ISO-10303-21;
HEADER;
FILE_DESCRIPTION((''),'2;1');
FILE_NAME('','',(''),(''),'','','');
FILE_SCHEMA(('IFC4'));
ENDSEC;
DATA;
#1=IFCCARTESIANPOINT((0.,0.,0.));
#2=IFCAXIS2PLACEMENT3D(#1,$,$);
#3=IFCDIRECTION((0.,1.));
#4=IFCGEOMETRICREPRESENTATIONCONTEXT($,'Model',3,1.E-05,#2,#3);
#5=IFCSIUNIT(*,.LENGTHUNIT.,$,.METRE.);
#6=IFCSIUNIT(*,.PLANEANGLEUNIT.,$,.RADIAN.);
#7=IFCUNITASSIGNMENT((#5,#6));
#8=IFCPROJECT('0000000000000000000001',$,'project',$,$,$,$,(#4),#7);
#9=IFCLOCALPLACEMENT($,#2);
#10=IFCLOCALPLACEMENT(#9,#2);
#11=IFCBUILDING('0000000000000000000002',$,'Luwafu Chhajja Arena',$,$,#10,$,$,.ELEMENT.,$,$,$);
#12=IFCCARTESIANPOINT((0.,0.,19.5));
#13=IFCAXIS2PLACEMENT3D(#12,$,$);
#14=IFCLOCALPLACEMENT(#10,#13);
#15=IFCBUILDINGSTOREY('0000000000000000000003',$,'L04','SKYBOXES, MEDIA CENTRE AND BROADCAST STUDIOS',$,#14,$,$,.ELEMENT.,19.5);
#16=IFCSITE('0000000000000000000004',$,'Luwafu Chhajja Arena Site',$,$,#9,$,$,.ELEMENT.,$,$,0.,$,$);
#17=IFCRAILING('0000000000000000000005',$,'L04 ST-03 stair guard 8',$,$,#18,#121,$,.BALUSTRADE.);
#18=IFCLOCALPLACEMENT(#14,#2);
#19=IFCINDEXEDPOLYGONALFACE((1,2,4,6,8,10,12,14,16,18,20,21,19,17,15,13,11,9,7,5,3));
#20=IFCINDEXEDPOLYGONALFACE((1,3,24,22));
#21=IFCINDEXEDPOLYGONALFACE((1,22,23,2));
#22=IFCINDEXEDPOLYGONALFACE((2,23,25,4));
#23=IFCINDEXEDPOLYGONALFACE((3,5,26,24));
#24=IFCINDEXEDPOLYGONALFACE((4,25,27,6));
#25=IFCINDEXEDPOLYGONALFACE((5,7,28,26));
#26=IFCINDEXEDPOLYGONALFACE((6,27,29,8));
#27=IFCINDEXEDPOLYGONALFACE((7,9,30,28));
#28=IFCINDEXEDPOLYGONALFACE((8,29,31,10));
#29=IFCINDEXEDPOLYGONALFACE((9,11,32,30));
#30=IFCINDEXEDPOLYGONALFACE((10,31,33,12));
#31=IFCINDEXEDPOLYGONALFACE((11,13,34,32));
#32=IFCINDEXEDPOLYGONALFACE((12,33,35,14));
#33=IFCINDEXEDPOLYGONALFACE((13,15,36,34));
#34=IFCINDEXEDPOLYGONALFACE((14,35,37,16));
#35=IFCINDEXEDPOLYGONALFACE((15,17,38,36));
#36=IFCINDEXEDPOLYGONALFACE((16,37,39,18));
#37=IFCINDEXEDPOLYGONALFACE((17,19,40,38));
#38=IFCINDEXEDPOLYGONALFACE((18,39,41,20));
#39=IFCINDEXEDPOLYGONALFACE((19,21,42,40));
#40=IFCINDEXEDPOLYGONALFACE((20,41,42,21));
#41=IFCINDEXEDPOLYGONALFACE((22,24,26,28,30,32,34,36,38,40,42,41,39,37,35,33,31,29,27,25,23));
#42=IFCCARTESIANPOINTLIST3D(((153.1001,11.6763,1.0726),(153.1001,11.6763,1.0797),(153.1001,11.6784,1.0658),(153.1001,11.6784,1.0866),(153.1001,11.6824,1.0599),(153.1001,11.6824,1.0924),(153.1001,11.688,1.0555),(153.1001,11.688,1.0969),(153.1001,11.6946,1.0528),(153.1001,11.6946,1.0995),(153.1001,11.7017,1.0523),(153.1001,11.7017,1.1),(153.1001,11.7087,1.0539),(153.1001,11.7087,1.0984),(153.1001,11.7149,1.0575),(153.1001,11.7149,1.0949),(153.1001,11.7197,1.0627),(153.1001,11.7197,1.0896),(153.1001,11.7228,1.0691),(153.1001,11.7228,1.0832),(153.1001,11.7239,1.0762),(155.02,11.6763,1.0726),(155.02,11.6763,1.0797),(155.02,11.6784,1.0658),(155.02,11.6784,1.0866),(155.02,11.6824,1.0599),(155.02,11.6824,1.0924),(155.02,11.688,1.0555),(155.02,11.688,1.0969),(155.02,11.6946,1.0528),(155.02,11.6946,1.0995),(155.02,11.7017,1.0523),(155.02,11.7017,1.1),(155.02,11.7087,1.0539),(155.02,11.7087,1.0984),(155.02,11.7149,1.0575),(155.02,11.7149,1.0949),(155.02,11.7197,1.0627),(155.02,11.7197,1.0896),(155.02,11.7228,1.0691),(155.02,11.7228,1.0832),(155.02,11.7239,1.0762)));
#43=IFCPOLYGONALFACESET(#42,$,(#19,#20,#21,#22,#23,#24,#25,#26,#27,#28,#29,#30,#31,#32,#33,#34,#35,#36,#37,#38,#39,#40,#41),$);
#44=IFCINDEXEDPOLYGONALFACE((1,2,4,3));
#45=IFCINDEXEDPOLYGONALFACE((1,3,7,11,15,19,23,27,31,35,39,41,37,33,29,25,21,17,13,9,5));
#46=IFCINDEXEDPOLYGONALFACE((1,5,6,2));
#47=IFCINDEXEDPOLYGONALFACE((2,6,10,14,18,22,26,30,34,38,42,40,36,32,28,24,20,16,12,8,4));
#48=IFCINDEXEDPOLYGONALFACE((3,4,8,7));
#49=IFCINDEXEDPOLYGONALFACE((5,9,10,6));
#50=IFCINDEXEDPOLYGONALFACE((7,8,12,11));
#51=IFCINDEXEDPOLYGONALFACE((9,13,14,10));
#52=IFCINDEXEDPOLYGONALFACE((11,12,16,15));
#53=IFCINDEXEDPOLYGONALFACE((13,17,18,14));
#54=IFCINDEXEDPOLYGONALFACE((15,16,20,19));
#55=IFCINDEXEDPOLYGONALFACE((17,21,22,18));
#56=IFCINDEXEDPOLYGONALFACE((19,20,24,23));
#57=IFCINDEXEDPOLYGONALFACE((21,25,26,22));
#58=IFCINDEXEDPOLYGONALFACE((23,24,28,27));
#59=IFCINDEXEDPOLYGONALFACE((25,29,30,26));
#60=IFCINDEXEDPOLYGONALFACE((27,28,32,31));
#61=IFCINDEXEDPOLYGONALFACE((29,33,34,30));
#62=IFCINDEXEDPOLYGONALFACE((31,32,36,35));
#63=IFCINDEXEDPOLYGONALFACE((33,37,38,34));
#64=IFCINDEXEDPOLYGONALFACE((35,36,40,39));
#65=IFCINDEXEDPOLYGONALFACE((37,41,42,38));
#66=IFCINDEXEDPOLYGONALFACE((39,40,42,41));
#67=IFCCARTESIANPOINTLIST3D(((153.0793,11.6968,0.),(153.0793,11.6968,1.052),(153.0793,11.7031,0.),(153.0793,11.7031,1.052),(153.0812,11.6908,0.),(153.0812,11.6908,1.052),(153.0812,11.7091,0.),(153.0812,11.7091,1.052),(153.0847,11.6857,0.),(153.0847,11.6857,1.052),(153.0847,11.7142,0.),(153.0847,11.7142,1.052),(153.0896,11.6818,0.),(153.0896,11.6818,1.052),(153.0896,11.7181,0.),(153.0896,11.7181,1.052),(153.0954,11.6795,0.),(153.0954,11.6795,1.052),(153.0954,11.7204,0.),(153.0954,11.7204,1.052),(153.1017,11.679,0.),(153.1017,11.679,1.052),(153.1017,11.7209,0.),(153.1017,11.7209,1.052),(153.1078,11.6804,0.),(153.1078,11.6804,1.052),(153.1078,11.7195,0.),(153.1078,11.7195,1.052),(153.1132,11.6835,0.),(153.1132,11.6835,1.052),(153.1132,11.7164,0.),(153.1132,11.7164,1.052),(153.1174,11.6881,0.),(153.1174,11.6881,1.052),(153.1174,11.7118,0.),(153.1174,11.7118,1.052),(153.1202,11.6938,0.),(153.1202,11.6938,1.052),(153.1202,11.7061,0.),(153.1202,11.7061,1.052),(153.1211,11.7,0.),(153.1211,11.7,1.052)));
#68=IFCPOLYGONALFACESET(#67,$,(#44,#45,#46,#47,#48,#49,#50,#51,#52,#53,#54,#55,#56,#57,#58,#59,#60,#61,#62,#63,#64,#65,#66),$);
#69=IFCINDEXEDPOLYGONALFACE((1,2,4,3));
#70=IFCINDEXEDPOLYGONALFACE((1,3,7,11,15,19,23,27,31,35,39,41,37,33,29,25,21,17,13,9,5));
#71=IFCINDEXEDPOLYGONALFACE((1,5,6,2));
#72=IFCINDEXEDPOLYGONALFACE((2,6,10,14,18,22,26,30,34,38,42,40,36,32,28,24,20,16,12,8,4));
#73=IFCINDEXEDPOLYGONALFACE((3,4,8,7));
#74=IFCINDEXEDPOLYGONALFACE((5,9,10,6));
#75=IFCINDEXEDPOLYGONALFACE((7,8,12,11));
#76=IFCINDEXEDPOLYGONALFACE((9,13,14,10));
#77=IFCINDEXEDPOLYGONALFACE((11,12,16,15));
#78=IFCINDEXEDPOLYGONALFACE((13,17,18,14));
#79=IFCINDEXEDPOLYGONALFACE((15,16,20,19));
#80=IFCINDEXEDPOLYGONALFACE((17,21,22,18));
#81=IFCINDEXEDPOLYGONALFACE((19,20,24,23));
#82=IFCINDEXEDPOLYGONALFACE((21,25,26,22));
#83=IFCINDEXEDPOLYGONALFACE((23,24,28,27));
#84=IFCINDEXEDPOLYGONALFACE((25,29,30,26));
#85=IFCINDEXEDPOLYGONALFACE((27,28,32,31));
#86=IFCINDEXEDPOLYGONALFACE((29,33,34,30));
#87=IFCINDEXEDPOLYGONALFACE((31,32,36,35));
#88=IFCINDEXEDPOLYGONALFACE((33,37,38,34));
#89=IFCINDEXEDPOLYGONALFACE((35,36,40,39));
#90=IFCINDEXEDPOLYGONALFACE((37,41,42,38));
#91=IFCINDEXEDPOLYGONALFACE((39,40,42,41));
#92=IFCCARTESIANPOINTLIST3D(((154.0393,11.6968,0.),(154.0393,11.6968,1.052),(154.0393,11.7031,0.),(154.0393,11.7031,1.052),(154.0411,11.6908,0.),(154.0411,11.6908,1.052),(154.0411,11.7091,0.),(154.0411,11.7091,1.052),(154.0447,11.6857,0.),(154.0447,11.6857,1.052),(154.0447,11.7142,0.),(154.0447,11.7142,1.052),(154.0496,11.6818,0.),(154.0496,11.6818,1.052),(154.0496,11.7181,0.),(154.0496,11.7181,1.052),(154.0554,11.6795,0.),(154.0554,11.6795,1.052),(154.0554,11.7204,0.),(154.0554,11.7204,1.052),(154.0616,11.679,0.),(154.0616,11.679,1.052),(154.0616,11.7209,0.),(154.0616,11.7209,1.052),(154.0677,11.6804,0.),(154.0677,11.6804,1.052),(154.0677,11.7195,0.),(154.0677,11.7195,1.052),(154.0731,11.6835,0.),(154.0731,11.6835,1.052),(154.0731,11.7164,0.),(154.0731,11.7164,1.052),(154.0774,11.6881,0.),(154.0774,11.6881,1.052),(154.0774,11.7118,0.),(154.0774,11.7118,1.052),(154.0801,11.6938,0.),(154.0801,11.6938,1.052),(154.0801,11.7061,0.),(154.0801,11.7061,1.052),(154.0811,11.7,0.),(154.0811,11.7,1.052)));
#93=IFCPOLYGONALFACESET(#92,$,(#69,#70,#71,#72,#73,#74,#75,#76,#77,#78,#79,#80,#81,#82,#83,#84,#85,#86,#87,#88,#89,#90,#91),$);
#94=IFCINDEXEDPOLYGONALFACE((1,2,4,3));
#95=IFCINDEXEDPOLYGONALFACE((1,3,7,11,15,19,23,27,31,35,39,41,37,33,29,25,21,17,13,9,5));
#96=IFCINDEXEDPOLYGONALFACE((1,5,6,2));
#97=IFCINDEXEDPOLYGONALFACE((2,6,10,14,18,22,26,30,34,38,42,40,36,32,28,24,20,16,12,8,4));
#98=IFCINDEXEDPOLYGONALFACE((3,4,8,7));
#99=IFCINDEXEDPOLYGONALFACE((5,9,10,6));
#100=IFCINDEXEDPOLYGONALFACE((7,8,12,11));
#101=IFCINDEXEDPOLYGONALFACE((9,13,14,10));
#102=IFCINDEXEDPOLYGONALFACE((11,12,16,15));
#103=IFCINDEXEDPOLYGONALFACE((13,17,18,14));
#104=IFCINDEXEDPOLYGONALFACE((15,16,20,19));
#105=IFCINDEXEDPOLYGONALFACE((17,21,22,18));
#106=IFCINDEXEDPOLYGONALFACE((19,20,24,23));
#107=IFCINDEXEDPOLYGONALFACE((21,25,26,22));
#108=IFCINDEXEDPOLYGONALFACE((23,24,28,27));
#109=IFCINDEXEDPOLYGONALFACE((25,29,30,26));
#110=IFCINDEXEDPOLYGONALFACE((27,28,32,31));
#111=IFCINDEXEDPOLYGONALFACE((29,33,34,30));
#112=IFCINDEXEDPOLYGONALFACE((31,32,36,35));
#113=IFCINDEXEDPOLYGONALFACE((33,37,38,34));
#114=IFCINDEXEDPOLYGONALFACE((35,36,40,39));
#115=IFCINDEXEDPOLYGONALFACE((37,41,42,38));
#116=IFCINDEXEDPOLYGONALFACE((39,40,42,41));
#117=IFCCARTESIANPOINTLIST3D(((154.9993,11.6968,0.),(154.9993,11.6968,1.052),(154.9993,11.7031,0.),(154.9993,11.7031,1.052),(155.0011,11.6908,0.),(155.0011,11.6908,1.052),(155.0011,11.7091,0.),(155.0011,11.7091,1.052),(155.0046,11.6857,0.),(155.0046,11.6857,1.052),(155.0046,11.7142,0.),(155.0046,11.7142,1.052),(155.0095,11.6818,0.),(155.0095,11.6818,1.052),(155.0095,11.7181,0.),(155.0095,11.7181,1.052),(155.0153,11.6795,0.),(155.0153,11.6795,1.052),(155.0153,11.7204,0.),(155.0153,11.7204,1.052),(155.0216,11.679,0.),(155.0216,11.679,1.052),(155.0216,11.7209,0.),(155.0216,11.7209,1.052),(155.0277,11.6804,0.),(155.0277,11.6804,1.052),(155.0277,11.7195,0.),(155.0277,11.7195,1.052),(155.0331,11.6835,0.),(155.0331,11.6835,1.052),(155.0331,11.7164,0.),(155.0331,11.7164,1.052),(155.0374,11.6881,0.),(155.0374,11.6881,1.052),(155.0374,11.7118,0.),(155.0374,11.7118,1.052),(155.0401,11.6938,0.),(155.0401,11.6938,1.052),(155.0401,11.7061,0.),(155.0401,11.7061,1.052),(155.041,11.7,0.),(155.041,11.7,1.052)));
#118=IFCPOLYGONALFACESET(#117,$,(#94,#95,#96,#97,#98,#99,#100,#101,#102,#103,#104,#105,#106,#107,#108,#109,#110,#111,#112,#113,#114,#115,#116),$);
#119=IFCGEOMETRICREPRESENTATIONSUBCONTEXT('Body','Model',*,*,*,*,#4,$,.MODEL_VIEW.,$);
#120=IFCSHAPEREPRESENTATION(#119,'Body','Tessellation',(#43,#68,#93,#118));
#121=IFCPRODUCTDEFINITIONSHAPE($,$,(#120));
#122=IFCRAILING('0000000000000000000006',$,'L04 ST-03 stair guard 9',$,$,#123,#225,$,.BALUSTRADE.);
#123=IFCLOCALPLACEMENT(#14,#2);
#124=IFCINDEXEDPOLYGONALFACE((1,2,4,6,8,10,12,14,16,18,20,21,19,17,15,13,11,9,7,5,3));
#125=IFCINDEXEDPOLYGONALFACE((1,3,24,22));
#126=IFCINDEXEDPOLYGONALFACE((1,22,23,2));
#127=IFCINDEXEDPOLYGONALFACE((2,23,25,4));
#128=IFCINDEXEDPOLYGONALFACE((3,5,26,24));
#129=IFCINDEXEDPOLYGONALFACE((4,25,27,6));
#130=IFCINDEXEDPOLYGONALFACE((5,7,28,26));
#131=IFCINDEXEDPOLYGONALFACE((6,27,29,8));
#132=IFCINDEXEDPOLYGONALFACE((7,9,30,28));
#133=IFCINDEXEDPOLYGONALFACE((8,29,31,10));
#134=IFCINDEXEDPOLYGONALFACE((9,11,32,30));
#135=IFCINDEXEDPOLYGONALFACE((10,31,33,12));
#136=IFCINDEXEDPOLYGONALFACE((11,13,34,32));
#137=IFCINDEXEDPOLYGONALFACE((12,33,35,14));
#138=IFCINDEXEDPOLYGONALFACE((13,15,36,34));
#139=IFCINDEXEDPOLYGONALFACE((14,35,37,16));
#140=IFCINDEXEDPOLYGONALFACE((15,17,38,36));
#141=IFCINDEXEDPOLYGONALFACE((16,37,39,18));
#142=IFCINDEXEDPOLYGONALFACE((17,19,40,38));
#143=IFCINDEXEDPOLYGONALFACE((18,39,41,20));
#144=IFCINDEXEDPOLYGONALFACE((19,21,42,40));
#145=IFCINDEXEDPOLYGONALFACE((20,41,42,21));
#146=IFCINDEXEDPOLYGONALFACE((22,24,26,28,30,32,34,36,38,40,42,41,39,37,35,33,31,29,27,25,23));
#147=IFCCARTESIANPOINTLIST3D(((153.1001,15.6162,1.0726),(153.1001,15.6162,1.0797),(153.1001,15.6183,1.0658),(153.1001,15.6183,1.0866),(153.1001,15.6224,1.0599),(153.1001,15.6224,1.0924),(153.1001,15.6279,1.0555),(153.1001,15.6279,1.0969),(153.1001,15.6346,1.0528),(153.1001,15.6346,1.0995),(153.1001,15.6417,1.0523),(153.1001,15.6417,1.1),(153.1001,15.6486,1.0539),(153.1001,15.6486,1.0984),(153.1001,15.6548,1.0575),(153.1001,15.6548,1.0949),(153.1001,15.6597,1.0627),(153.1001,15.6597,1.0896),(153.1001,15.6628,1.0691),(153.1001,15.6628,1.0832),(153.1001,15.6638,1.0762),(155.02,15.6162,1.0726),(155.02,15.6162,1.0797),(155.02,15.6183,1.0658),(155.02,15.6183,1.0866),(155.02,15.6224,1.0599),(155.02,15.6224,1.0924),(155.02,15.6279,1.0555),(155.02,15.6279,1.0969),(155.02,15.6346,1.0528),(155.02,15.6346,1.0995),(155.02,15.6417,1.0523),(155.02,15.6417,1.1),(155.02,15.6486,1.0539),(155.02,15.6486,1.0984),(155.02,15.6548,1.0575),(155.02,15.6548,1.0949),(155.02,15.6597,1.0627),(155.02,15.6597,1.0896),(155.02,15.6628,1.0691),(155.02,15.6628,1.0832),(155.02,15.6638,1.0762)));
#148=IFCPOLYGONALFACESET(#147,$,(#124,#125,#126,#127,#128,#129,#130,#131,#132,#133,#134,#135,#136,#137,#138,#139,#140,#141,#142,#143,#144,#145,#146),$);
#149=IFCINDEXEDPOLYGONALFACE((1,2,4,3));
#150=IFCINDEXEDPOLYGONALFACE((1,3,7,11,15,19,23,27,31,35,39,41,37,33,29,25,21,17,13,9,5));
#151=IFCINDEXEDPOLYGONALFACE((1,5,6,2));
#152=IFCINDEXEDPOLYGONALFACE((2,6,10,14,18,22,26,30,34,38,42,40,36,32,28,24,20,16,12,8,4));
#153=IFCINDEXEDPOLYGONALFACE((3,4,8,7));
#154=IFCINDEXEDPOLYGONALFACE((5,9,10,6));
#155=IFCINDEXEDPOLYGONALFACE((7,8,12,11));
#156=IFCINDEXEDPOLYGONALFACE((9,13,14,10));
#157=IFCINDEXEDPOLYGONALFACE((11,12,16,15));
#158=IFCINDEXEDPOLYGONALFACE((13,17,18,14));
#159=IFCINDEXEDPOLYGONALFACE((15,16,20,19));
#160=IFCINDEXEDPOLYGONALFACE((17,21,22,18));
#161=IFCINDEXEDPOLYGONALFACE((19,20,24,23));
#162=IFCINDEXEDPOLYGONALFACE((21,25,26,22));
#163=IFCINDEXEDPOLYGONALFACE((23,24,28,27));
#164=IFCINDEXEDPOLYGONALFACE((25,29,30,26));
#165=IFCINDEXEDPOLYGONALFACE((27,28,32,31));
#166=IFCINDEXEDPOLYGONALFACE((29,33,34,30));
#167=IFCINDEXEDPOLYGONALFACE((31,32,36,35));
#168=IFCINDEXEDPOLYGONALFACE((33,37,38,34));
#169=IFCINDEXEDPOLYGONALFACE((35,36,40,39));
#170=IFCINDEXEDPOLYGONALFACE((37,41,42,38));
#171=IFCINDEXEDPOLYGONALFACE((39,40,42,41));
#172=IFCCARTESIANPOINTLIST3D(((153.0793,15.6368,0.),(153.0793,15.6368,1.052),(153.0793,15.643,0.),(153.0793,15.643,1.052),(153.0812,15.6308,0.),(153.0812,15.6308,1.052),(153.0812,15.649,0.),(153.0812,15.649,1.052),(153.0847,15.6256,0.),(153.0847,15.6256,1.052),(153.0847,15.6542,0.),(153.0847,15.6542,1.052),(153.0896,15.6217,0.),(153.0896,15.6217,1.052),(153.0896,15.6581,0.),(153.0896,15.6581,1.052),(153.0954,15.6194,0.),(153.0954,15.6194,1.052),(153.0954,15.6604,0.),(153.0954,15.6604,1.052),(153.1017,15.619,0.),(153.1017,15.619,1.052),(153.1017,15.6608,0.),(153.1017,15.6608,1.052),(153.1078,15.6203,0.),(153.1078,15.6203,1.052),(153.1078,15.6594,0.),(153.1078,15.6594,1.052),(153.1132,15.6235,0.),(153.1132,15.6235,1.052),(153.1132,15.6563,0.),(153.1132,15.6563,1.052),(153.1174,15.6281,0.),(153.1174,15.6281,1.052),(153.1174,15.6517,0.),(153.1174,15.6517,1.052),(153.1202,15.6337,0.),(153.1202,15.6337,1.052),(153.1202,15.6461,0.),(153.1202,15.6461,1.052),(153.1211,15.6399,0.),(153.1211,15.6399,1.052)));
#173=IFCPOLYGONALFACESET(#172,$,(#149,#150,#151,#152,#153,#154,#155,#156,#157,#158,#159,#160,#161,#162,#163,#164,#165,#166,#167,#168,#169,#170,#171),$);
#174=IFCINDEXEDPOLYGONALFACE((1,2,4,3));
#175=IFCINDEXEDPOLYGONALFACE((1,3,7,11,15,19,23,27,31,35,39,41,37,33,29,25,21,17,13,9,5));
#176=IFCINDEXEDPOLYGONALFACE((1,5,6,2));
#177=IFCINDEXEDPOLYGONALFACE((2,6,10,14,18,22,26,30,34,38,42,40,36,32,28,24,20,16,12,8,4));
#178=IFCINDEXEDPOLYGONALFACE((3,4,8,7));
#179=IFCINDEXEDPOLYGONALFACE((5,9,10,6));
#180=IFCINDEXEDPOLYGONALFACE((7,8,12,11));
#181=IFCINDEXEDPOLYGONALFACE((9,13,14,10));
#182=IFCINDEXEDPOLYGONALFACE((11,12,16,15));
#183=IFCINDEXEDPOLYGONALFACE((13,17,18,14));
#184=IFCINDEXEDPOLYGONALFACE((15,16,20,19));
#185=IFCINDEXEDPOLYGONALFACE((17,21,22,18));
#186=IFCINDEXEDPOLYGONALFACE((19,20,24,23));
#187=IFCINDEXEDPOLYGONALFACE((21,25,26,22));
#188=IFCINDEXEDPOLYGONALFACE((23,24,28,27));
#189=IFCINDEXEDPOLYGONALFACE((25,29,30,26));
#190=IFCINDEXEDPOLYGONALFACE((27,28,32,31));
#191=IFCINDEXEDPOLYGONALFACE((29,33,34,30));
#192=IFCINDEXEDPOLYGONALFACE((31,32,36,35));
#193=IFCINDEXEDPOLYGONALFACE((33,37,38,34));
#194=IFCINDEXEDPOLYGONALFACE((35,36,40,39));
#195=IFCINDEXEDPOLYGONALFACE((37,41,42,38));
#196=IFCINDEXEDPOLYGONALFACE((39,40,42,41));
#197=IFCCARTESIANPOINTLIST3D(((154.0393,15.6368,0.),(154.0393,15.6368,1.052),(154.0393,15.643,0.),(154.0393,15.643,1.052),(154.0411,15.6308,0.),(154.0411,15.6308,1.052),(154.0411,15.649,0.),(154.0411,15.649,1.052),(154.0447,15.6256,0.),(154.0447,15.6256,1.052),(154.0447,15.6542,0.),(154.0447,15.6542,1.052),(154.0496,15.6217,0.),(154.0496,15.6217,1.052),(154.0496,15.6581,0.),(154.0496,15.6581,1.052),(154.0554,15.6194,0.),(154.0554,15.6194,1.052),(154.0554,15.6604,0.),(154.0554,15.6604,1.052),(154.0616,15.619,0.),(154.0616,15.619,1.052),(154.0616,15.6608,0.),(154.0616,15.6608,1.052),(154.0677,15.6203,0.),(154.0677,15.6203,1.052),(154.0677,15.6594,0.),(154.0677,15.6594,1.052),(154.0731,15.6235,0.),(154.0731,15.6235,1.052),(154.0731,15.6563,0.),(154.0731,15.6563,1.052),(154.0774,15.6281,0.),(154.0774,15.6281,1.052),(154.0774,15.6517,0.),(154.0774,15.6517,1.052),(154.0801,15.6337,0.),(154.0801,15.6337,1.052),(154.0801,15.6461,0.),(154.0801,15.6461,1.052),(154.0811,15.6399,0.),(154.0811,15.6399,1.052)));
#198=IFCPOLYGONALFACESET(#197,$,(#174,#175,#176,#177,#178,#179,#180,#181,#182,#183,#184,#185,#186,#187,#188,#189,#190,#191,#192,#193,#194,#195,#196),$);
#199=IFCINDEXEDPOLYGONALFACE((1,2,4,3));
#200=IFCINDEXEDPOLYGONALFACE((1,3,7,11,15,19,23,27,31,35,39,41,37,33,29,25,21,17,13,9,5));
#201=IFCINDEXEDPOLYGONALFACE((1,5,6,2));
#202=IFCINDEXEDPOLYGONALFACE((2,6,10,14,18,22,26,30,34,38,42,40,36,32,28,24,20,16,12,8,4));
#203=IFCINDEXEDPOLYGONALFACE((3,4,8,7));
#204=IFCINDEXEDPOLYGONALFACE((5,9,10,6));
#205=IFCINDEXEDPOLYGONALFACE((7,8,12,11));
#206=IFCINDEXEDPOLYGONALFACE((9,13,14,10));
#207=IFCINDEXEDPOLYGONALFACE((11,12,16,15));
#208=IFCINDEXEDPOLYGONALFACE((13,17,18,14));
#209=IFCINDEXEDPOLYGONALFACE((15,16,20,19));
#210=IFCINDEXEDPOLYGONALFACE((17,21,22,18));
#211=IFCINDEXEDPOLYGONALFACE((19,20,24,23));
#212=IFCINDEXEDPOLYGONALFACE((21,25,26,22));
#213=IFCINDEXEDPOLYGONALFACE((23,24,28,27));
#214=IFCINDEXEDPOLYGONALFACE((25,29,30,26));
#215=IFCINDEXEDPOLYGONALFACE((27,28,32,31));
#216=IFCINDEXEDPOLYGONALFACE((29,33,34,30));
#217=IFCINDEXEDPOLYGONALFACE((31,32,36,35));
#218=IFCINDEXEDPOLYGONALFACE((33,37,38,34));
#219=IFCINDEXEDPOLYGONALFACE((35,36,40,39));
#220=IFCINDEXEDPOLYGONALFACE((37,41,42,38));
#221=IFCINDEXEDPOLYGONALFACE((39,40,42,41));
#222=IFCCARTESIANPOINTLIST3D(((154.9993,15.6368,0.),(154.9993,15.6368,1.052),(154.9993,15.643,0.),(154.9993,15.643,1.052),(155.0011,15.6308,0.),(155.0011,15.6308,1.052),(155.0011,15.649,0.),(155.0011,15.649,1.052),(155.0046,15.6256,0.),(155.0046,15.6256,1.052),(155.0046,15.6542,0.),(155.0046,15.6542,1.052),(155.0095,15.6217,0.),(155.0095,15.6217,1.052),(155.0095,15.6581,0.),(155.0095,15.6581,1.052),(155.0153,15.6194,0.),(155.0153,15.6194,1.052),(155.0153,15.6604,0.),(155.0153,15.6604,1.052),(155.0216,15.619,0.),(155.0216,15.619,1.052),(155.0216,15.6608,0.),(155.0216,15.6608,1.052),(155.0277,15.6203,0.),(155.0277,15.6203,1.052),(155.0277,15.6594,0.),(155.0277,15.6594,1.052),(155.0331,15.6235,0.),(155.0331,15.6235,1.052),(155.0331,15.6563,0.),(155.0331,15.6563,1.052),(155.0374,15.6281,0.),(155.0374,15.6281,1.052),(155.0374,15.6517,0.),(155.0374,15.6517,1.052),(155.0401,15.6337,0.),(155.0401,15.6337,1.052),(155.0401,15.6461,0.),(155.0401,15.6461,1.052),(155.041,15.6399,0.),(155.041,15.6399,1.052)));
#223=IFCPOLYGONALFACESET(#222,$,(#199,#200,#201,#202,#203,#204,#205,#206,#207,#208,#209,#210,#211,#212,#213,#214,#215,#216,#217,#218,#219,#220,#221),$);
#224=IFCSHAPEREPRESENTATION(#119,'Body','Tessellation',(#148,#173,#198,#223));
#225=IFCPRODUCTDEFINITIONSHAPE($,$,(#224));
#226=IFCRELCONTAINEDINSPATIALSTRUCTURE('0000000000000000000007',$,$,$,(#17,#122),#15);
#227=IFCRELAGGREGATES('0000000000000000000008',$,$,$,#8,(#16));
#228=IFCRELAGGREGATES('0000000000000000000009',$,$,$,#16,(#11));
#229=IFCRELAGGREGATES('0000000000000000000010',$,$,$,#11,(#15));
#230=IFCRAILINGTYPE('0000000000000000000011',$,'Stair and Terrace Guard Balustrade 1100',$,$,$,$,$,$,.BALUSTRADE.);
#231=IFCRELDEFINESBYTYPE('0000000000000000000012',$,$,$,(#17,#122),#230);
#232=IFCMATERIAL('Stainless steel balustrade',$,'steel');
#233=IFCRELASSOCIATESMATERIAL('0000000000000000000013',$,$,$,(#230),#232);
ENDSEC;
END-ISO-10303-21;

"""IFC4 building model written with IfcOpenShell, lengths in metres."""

from ifc_helpers import new_model, si_unit, direction, frame, origin, origin_2d, place, context, subcontext, project, spatial, circle, extrude, material, type_object, element, save


model = new_model("IFC4")

# Units and contexts
model_context = context("Model", 3, precision=1e-05, world=origin(), true_north=direction((0.0, 1.0)))
body_context = subcontext(model_context, "Body", "Model", "MODEL_VIEW")
ifc_project = project(units=[si_unit("LENGTHUNIT", "METRE"), si_unit("PLANEANGLEUNIT", "RADIAN")], contexts=[model_context])

# Site, building, storey
site_placement = place(None, origin())
site = spatial("IfcSite", under=ifc_project, at=site_placement, Name="Luwafu Chhajja Arena Site", CompositionType="ELEMENT", RefElevation=0.0)
building_placement = place(site_placement, origin())
building = spatial("IfcBuilding", under=site, at=building_placement, Name="Luwafu Chhajja Arena", CompositionType="ELEMENT")
storey_placement = place(building_placement, frame((0.0, 0.0, 19.5)))
storey = spatial("IfcBuildingStorey", under=building, at=storey_placement, Name="L04", Description="SKYBOXES, MEDIA CENTRE AND BROADCAST STUDIOS", CompositionType="ELEMENT", Elevation=19.5)

# Railings
ifc_material_1 = material(Name="Stainless steel balustrade", Category="steel")
railing_type_1 = type_object("IfcRailingType", Name="Stair and Terrace Guard Balustrade 1100", PredefinedType="BALUSTRADE", material=ifc_material_1)
for number, where, name in (
    (1, (153.1001, 11.7, 0.0), "L04 ST-03 stair guard 8"),
    (2, (153.1001, 15.6399, 0.0), "L04 ST-03 stair guard 9"),
):
    element("IfcRailing", number, at=place(storey_placement, frame(where)), inside=storey, type_object=railing_type_1, Name=name, PredefinedType="BALUSTRADE", context=body_context, shape_type="SweptSolid", body=[
        extrude(circle(Radius=0.0239, at=origin_2d()), frame((0.0, 0.0, 1.0762), z_axis=(1.0, 0.0, 0.0), x_axis=(0.0, 1.0, 0.0)), (0.0, 0.0, 1.0), 1.9199),
        extrude(circle(Radius=0.021, at=origin_2d()), origin(), (0.0, 0.0, 1.0), 1.052),
        extrude(circle(Radius=0.021, at=origin_2d()), frame((0.96, 0.0, 0.0)), (0.0, 0.0, 1.0), 1.052),
        extrude(circle(Radius=0.021, at=origin_2d()), frame((1.9199, 0.0, 0.0)), (0.0, 0.0, 1.0), 1.052),
    ])

save(model, "model.ifc")
